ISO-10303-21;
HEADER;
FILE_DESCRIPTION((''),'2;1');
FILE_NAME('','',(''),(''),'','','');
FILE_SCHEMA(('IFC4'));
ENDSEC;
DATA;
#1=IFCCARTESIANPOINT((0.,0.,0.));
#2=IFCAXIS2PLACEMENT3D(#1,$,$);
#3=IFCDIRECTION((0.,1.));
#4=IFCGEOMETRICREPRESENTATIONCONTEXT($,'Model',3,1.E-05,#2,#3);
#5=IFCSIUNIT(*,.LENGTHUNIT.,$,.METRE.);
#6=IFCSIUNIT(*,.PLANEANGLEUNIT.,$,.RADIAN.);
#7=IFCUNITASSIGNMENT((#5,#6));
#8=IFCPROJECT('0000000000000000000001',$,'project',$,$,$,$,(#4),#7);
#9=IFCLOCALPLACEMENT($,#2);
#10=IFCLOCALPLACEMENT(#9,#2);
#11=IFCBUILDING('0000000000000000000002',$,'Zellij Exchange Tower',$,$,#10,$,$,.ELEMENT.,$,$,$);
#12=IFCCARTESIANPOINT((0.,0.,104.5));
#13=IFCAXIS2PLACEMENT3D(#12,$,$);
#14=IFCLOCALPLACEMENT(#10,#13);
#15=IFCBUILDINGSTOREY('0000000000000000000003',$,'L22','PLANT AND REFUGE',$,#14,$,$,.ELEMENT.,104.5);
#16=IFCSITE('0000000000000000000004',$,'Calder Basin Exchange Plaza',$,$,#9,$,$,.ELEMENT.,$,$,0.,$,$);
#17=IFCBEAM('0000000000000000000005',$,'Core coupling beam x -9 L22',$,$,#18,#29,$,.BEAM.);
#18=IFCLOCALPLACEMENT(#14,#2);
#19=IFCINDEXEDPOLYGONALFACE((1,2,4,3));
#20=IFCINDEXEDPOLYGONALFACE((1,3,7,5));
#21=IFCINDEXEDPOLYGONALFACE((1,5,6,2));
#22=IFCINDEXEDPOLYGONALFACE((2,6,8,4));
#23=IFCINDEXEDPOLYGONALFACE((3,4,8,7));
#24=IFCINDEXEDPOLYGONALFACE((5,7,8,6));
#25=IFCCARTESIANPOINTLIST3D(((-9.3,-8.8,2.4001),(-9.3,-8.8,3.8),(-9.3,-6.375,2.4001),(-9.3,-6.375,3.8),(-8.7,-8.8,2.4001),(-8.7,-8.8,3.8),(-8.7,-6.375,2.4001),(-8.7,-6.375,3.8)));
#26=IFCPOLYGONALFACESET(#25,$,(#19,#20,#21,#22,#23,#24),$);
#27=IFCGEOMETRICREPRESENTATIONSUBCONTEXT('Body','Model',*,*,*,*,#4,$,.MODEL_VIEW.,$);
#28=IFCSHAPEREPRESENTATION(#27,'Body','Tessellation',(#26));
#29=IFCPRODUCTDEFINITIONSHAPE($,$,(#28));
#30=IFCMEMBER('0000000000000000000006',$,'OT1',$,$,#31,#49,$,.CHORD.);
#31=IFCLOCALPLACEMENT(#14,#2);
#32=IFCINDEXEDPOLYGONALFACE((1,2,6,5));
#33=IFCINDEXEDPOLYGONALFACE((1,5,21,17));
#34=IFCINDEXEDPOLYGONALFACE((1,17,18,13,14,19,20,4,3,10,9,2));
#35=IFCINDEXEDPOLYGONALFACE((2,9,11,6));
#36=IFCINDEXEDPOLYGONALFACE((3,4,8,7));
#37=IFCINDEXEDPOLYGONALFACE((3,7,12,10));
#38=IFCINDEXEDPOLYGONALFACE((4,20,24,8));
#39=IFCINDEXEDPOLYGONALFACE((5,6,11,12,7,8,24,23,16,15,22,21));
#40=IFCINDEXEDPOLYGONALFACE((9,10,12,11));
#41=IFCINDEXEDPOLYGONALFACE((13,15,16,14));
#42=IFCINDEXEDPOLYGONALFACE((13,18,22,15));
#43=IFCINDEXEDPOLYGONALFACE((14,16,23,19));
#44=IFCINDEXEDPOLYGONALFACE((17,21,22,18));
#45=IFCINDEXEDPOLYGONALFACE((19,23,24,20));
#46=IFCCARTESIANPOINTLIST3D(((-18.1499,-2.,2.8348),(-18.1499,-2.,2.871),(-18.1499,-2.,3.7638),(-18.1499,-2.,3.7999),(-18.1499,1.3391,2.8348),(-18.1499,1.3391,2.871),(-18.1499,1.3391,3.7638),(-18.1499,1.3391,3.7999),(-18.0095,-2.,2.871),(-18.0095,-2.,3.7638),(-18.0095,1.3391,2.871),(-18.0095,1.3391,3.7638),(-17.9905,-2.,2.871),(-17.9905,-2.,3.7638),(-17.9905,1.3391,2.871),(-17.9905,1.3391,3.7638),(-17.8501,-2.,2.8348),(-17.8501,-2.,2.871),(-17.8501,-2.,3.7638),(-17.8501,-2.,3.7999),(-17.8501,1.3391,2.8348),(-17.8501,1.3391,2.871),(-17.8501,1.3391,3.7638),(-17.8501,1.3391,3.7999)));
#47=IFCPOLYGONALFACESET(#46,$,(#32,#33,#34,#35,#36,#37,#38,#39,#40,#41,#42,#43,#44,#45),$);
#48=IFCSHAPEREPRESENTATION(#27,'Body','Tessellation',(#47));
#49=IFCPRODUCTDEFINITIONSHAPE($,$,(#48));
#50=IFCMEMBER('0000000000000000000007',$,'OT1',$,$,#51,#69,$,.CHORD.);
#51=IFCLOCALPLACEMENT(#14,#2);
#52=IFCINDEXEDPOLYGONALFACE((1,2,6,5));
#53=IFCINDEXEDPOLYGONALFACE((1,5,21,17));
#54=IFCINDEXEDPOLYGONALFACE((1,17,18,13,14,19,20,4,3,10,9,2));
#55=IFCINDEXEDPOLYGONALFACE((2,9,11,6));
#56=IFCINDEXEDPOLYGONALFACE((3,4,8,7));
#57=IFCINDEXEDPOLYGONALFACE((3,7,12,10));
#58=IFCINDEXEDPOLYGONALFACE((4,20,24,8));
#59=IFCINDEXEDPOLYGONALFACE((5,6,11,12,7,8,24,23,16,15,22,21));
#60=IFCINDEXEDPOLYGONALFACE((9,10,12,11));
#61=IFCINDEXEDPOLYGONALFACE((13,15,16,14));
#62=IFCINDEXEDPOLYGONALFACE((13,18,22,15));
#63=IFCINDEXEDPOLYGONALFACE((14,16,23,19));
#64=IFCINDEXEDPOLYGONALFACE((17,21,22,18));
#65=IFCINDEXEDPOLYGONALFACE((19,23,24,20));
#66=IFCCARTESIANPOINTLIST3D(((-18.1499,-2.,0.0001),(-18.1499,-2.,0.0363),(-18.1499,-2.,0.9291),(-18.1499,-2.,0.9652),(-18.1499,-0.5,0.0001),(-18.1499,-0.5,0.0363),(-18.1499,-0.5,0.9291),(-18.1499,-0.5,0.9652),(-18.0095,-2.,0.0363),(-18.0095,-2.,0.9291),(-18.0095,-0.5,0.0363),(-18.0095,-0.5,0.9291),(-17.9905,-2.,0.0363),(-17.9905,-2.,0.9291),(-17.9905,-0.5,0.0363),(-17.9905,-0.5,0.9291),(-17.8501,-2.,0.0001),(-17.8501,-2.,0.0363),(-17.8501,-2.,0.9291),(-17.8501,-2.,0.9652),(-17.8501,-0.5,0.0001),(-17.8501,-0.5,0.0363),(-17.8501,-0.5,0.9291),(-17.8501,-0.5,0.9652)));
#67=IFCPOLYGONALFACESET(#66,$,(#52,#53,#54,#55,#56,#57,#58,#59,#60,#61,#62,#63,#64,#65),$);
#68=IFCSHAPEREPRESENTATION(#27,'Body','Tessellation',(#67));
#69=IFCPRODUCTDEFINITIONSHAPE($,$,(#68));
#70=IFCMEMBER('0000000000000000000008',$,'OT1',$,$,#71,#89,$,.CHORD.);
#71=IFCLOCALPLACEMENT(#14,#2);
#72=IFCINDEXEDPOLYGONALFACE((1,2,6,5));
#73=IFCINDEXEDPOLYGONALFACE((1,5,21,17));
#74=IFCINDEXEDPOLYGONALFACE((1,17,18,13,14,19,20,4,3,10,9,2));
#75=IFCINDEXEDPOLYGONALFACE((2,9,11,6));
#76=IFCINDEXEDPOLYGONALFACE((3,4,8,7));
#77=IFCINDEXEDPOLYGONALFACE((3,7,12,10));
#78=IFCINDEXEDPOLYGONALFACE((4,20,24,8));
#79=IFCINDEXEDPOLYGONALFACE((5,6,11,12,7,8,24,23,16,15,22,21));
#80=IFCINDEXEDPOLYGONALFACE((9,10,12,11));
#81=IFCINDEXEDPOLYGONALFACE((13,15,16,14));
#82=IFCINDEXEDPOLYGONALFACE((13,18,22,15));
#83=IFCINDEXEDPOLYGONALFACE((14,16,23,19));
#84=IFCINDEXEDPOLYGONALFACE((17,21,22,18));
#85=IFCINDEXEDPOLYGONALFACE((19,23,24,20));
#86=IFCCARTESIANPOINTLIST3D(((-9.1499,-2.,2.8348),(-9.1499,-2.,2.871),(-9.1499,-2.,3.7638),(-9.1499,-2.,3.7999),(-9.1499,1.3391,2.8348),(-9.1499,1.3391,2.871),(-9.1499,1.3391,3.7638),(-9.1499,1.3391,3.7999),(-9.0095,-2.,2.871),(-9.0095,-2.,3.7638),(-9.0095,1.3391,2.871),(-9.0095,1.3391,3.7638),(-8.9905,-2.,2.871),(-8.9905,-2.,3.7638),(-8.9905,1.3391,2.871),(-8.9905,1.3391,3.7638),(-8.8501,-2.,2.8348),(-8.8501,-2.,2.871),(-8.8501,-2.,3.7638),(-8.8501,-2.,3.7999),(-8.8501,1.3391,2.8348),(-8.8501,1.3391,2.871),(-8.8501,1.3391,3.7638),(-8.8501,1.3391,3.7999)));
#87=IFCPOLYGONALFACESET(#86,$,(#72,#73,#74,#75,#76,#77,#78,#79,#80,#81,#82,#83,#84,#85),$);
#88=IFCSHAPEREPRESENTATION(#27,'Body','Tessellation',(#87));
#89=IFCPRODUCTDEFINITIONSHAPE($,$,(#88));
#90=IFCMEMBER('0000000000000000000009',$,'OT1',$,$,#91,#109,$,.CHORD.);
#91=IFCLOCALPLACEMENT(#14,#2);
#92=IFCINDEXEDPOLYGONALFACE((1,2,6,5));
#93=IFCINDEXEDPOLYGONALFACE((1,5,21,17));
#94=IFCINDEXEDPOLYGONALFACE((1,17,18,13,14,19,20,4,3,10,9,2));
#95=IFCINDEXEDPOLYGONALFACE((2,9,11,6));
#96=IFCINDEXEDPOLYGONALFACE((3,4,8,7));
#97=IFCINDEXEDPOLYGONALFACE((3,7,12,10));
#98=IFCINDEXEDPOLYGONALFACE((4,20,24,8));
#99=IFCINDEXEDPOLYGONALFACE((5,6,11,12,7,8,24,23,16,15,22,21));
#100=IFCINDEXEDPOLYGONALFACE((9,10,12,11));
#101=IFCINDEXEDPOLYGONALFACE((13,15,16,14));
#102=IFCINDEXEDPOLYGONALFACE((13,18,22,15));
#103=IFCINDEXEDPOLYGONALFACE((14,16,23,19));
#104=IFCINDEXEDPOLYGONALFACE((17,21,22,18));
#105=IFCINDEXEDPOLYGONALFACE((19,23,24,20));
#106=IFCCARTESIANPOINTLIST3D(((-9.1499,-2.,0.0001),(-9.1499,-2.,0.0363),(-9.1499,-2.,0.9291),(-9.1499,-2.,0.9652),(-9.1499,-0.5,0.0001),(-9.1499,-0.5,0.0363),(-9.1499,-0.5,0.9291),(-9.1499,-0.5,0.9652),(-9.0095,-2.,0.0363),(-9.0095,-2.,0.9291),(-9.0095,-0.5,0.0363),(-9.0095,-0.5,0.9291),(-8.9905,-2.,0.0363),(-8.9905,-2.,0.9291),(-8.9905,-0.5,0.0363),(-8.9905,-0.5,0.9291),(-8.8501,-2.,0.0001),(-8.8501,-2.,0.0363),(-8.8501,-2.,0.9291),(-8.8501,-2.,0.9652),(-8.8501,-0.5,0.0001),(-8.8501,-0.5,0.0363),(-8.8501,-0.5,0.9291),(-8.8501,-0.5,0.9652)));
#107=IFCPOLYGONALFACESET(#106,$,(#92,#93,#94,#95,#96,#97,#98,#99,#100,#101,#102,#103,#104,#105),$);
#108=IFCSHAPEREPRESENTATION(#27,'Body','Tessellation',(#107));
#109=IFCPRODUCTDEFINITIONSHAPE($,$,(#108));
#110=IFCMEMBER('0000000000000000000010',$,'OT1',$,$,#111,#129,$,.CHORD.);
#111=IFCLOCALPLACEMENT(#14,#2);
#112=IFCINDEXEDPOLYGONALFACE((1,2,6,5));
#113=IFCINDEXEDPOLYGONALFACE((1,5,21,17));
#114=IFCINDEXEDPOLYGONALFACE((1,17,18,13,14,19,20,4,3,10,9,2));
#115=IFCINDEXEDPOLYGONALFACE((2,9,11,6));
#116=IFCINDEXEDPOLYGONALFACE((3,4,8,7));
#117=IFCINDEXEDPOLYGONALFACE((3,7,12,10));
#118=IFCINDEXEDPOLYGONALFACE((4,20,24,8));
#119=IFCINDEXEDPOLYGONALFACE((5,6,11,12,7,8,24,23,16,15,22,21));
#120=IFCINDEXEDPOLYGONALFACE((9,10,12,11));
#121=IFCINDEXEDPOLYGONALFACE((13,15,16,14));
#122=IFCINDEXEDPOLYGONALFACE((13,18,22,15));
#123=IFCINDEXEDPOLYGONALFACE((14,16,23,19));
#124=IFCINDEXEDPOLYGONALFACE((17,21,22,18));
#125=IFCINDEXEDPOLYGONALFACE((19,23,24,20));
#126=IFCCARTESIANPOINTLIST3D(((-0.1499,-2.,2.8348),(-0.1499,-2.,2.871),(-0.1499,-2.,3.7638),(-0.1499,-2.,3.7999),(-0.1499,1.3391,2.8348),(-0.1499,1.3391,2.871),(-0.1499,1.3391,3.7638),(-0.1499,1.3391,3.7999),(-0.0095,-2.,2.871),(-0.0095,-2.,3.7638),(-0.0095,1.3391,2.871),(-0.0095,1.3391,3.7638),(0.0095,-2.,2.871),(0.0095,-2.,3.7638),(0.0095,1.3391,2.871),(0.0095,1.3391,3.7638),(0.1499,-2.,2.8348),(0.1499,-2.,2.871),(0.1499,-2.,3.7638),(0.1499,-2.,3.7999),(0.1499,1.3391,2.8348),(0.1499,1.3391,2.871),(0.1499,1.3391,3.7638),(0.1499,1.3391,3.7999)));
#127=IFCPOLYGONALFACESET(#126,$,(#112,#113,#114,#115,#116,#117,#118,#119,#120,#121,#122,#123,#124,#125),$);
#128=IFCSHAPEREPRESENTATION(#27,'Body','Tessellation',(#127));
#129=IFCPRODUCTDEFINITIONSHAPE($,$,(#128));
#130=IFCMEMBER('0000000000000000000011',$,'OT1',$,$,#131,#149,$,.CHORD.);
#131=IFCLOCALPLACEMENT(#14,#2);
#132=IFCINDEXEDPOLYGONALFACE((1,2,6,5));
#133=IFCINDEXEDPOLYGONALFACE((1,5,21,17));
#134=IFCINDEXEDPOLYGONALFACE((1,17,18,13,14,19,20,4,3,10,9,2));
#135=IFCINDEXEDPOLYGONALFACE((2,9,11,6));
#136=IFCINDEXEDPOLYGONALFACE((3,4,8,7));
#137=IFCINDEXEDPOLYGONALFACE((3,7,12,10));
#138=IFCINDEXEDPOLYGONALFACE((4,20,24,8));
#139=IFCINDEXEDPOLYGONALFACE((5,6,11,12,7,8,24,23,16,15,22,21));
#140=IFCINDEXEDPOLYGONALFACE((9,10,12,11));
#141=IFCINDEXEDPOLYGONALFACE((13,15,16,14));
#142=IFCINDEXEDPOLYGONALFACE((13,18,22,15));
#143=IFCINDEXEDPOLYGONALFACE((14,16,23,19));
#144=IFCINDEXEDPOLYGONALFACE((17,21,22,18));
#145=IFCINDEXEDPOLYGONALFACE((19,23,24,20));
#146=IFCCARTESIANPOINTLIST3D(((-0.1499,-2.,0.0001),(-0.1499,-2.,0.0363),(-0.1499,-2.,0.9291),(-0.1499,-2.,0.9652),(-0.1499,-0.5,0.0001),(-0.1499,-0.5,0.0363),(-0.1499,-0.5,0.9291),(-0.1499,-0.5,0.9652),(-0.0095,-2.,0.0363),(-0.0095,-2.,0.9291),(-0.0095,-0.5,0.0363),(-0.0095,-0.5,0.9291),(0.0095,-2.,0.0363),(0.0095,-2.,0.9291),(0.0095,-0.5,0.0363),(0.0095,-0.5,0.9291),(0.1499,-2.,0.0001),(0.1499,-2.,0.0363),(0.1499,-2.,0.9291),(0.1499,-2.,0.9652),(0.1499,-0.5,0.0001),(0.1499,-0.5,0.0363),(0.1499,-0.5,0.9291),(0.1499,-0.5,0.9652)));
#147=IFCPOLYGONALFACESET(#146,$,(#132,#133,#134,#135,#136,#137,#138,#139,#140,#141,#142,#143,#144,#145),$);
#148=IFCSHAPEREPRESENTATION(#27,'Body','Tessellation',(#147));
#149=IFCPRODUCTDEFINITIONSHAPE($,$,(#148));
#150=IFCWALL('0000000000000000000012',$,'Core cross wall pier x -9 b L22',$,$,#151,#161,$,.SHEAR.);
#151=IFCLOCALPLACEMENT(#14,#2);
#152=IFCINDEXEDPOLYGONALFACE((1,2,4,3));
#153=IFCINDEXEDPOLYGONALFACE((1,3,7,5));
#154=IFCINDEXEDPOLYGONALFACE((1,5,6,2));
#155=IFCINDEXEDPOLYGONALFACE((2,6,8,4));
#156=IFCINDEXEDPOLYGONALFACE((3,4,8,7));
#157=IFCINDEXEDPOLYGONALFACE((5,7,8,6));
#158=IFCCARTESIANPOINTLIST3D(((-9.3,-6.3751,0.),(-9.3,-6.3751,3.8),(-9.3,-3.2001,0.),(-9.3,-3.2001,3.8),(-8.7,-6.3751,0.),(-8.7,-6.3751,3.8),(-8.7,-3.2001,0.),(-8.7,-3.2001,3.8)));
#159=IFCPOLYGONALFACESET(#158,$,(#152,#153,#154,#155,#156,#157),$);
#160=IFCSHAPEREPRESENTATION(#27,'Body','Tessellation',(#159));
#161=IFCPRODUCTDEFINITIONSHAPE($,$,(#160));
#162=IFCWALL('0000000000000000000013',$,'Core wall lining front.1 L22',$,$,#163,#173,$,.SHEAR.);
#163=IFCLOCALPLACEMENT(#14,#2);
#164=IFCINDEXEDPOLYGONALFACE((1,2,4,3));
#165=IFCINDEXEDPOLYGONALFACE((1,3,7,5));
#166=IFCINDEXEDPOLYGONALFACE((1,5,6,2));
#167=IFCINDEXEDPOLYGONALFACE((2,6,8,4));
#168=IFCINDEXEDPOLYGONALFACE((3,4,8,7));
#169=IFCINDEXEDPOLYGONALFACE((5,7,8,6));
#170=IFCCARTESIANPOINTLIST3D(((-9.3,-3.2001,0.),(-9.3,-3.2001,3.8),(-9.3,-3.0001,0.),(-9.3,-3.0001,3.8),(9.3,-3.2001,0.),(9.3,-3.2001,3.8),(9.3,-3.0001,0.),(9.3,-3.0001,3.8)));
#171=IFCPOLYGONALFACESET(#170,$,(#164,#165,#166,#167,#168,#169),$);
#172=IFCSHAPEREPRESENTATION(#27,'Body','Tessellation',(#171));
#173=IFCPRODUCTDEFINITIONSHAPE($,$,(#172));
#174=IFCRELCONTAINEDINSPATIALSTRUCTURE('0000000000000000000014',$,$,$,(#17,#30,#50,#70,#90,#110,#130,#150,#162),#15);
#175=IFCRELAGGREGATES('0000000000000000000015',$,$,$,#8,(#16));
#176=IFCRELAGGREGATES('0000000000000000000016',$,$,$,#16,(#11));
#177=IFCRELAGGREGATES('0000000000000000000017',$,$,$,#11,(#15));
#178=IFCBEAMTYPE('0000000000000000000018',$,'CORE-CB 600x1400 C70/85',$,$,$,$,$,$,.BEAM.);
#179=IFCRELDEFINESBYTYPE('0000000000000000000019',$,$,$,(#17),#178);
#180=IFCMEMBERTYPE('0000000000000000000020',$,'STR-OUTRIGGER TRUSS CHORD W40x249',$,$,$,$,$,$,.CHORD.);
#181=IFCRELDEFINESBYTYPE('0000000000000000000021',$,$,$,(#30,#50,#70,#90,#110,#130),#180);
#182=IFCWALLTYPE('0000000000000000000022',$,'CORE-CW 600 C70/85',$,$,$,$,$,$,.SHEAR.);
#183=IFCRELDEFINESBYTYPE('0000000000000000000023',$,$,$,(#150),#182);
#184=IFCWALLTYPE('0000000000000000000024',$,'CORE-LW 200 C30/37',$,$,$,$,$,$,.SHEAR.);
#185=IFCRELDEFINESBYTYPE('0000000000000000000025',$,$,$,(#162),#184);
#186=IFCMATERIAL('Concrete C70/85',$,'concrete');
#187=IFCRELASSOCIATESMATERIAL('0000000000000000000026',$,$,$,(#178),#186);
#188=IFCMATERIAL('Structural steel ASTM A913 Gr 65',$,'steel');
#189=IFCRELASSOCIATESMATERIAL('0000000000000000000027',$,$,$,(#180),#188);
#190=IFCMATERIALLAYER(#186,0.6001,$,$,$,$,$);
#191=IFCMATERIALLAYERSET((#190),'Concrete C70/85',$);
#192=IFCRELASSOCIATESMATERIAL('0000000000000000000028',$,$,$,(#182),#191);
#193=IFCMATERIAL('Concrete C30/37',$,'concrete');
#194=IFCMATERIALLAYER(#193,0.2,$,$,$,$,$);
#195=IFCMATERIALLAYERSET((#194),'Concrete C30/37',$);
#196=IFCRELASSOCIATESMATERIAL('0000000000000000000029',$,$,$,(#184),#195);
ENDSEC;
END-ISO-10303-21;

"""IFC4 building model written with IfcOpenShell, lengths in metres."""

from ifc_helpers import new_model, si_unit, direction, frame, frame_2d, origin, origin_2d, place, context, subcontext, project, spatial, rectangle, i_section, extrude, material, layer, layer_set, material_profile, profile_set, type_object, element, save


model = new_model("IFC4")

# Units and contexts
model_context = context("Model", 3, precision=1e-05, world=origin(), true_north=direction((0.0, 1.0)))
body_context = subcontext(model_context, "Body", "Model", "MODEL_VIEW")
ifc_project = project(units=[si_unit("LENGTHUNIT", "METRE"), si_unit("PLANEANGLEUNIT", "RADIAN")], contexts=[model_context])

# Site, building, storey
site_placement = place(None, origin())
site = spatial("IfcSite", under=ifc_project, at=site_placement, Name="Calder Basin Exchange Plaza", CompositionType="ELEMENT", RefElevation=0.0)
building_placement = place(site_placement, origin())
building = spatial("IfcBuilding", under=site, at=building_placement, Name="Zellij Exchange Tower", CompositionType="ELEMENT")
storey_placement = place(building_placement, frame((0.0, 0.0, 104.5)))
storey = spatial("IfcBuildingStorey", under=building, at=storey_placement, Name="L22", Description="PLANT AND REFUGE", CompositionType="ELEMENT", Elevation=104.5)

# Beam
ifc_material_1 = material(Name="Concrete C70/85", Category="concrete")
ifc_material_profile_1 = material_profile(ifc_material_1, rectangle(XDim=0.6001, YDim=1.3999, at=origin_2d()), Name="CORE-CB 600x1400 C70/85")
ifc_profile_set_1 = profile_set([ifc_material_profile_1], Name="Concrete C70/85")
beam_type = type_object("IfcBeamType", Name="CORE-CB 600x1400 C70/85", PredefinedType="BEAM", material=ifc_profile_set_1)
beam_placement = place(storey_placement, frame((-9.0, -8.8, 3.1001), z_axis=(0.0, 1.0, 0.0), x_axis=(-1.0, 0.0, 0.0)))
element("IfcBeam", 1, at=beam_placement, inside=storey, type_object=beam_type, Name="Core coupling beam x -9 L22", PredefinedType="BEAM", context=body_context, shape_type="SweptSolid", body=[
    extrude(rectangle(XDim=0.6001, YDim=1.3999, at=origin_2d()), origin(), (0.0, 0.0, 1.0), 2.425),
])

# Members
ifc_material_2 = material(Name="Structural steel ASTM A913 Gr 65", Category="steel")
ifc_material_profile_2 = material_profile(ifc_material_2, i_section(OverallWidth=0.2998, OverallDepth=0.9651, WebThickness=0.019, FlangeThickness=0.0361, at=origin_2d()), Name="W40x249")
ifc_profile_set_2 = profile_set([ifc_material_profile_2], Name="Structural steel ASTM A913 Gr 65")
member_type = type_object("IfcMemberType", Name="STR-OUTRIGGER TRUSS CHORD W40x249", PredefinedType="CHORD", material=ifc_profile_set_2)
member_1_placement = place(storey_placement, frame((-18.0, -2.0, 3.3174), z_axis=(0.0, 1.0, 0.0), x_axis=(-1.0, 0.0, 0.0)))
element("IfcMember", 2, at=member_1_placement, inside=storey, type_object=member_type, Name="OT1", PredefinedType="CHORD", context=body_context, shape_type="SweptSolid", body=[
    extrude(i_section(OverallWidth=0.2998, OverallDepth=0.9651, WebThickness=0.019, FlangeThickness=0.0361, at=origin_2d()), origin(), (0.0, 0.0, 1.0), 3.3391),
])
member_2_placement = place(storey_placement, frame((-18.0, -2.0, 0.4827), z_axis=(0.0, 1.0, 0.0), x_axis=(-1.0, 0.0, 0.0)))
element("IfcMember", 3, at=member_2_placement, inside=storey, type_object=member_type, Name="OT1", PredefinedType="CHORD", context=body_context, shape_type="SweptSolid", body=[
    extrude(i_section(OverallWidth=0.2998, OverallDepth=0.9651, WebThickness=0.019, FlangeThickness=0.0361, at=origin_2d()), origin(), (0.0, 0.0, 1.0), 1.5),
])
member_3_placement = place(storey_placement, frame((-9.0, -2.0, 3.3174), z_axis=(0.0, 1.0, 0.0), x_axis=(-1.0, 0.0, 0.0)))
element("IfcMember", 4, at=member_3_placement, inside=storey, type_object=member_type, Name="OT1", PredefinedType="CHORD", context=body_context, shape_type="SweptSolid", body=[
    extrude(i_section(OverallWidth=0.2998, OverallDepth=0.9651, WebThickness=0.019, FlangeThickness=0.0361, at=origin_2d()), origin(), (0.0, 0.0, 1.0), 3.3391),
])
member_4_placement = place(storey_placement, frame((-9.0, -2.0, 0.4827), z_axis=(0.0, 1.0, 0.0), x_axis=(-1.0, 0.0, 0.0)))
element("IfcMember", 5, at=member_4_placement, inside=storey, type_object=member_type, Name="OT1", PredefinedType="CHORD", context=body_context, shape_type="SweptSolid", body=[
    extrude(i_section(OverallWidth=0.2998, OverallDepth=0.9651, WebThickness=0.019, FlangeThickness=0.0361, at=origin_2d()), origin(), (0.0, 0.0, 1.0), 1.5),
])
member_5_placement = place(storey_placement, frame((0.0, -2.0, 3.3174), z_axis=(0.0, 1.0, 0.0), x_axis=(-1.0, 0.0, 0.0)))
element("IfcMember", 6, at=member_5_placement, inside=storey, type_object=member_type, Name="OT1", PredefinedType="CHORD", context=body_context, shape_type="SweptSolid", body=[
    extrude(i_section(OverallWidth=0.2998, OverallDepth=0.9651, WebThickness=0.019, FlangeThickness=0.0361, at=origin_2d()), origin(), (0.0, 0.0, 1.0), 3.3391),
])
member_6_placement = place(storey_placement, frame((0.0, -2.0, 0.4827), z_axis=(0.0, 1.0, 0.0), x_axis=(-1.0, 0.0, 0.0)))
element("IfcMember", 7, at=member_6_placement, inside=storey, type_object=member_type, Name="OT1", PredefinedType="CHORD", context=body_context, shape_type="SweptSolid", body=[
    extrude(i_section(OverallWidth=0.2998, OverallDepth=0.9651, WebThickness=0.019, FlangeThickness=0.0361, at=origin_2d()), origin(), (0.0, 0.0, 1.0), 1.5),
])

# Walls
ifc_layer_1 = layer(ifc_material_1, 0.6001)
ifc_layer_set_1 = layer_set([ifc_layer_1], Name="Concrete C70/85")
wall_type_1 = type_object("IfcWallType", Name="CORE-CW 600 C70/85", PredefinedType="SHEAR", material=ifc_layer_set_1)
wall_1_placement = place(storey_placement, frame((-9.0, -6.375, 0.0), z_axis=(0.0, 0.0, 1.0), x_axis=(0.0, 1.0, 0.0)))
element("IfcWall", 8, at=wall_1_placement, inside=storey, type_object=wall_type_1, Name="Core cross wall pier x -9 b L22", PredefinedType="SHEAR", context=body_context, shape_type="SweptSolid", body=[
    extrude(rectangle(XDim=3.175, YDim=0.6001, at=frame_2d((1.5874, 0.0))), origin(), (0.0, 0.0, 1.0), 3.8),
])
ifc_material_3 = material(Name="Concrete C30/37", Category="concrete")
ifc_layer_2 = layer(ifc_material_3, 0.2)
ifc_layer_set_2 = layer_set([ifc_layer_2], Name="Concrete C30/37")
wall_type_2 = type_object("IfcWallType", Name="CORE-LW 200 C30/37", PredefinedType="SHEAR", material=ifc_layer_set_2)
wall_2_placement = place(storey_placement, frame((-9.3, -3.1001, 0.0), z_axis=(0.0, 0.0, 1.0), x_axis=(1.0, 0.0, 0.0)))
element("IfcWall", 9, at=wall_2_placement, inside=storey, type_object=wall_type_2, Name="Core wall lining front.1 L22", PredefinedType="SHEAR", context=body_context, shape_type="SweptSolid", body=[
    extrude(rectangle(XDim=18.6001, YDim=0.2, at=frame_2d((9.3, 0.0))), origin(), (0.0, 0.0, 1.0), 3.8),
])

save(model, "model.ifc")
